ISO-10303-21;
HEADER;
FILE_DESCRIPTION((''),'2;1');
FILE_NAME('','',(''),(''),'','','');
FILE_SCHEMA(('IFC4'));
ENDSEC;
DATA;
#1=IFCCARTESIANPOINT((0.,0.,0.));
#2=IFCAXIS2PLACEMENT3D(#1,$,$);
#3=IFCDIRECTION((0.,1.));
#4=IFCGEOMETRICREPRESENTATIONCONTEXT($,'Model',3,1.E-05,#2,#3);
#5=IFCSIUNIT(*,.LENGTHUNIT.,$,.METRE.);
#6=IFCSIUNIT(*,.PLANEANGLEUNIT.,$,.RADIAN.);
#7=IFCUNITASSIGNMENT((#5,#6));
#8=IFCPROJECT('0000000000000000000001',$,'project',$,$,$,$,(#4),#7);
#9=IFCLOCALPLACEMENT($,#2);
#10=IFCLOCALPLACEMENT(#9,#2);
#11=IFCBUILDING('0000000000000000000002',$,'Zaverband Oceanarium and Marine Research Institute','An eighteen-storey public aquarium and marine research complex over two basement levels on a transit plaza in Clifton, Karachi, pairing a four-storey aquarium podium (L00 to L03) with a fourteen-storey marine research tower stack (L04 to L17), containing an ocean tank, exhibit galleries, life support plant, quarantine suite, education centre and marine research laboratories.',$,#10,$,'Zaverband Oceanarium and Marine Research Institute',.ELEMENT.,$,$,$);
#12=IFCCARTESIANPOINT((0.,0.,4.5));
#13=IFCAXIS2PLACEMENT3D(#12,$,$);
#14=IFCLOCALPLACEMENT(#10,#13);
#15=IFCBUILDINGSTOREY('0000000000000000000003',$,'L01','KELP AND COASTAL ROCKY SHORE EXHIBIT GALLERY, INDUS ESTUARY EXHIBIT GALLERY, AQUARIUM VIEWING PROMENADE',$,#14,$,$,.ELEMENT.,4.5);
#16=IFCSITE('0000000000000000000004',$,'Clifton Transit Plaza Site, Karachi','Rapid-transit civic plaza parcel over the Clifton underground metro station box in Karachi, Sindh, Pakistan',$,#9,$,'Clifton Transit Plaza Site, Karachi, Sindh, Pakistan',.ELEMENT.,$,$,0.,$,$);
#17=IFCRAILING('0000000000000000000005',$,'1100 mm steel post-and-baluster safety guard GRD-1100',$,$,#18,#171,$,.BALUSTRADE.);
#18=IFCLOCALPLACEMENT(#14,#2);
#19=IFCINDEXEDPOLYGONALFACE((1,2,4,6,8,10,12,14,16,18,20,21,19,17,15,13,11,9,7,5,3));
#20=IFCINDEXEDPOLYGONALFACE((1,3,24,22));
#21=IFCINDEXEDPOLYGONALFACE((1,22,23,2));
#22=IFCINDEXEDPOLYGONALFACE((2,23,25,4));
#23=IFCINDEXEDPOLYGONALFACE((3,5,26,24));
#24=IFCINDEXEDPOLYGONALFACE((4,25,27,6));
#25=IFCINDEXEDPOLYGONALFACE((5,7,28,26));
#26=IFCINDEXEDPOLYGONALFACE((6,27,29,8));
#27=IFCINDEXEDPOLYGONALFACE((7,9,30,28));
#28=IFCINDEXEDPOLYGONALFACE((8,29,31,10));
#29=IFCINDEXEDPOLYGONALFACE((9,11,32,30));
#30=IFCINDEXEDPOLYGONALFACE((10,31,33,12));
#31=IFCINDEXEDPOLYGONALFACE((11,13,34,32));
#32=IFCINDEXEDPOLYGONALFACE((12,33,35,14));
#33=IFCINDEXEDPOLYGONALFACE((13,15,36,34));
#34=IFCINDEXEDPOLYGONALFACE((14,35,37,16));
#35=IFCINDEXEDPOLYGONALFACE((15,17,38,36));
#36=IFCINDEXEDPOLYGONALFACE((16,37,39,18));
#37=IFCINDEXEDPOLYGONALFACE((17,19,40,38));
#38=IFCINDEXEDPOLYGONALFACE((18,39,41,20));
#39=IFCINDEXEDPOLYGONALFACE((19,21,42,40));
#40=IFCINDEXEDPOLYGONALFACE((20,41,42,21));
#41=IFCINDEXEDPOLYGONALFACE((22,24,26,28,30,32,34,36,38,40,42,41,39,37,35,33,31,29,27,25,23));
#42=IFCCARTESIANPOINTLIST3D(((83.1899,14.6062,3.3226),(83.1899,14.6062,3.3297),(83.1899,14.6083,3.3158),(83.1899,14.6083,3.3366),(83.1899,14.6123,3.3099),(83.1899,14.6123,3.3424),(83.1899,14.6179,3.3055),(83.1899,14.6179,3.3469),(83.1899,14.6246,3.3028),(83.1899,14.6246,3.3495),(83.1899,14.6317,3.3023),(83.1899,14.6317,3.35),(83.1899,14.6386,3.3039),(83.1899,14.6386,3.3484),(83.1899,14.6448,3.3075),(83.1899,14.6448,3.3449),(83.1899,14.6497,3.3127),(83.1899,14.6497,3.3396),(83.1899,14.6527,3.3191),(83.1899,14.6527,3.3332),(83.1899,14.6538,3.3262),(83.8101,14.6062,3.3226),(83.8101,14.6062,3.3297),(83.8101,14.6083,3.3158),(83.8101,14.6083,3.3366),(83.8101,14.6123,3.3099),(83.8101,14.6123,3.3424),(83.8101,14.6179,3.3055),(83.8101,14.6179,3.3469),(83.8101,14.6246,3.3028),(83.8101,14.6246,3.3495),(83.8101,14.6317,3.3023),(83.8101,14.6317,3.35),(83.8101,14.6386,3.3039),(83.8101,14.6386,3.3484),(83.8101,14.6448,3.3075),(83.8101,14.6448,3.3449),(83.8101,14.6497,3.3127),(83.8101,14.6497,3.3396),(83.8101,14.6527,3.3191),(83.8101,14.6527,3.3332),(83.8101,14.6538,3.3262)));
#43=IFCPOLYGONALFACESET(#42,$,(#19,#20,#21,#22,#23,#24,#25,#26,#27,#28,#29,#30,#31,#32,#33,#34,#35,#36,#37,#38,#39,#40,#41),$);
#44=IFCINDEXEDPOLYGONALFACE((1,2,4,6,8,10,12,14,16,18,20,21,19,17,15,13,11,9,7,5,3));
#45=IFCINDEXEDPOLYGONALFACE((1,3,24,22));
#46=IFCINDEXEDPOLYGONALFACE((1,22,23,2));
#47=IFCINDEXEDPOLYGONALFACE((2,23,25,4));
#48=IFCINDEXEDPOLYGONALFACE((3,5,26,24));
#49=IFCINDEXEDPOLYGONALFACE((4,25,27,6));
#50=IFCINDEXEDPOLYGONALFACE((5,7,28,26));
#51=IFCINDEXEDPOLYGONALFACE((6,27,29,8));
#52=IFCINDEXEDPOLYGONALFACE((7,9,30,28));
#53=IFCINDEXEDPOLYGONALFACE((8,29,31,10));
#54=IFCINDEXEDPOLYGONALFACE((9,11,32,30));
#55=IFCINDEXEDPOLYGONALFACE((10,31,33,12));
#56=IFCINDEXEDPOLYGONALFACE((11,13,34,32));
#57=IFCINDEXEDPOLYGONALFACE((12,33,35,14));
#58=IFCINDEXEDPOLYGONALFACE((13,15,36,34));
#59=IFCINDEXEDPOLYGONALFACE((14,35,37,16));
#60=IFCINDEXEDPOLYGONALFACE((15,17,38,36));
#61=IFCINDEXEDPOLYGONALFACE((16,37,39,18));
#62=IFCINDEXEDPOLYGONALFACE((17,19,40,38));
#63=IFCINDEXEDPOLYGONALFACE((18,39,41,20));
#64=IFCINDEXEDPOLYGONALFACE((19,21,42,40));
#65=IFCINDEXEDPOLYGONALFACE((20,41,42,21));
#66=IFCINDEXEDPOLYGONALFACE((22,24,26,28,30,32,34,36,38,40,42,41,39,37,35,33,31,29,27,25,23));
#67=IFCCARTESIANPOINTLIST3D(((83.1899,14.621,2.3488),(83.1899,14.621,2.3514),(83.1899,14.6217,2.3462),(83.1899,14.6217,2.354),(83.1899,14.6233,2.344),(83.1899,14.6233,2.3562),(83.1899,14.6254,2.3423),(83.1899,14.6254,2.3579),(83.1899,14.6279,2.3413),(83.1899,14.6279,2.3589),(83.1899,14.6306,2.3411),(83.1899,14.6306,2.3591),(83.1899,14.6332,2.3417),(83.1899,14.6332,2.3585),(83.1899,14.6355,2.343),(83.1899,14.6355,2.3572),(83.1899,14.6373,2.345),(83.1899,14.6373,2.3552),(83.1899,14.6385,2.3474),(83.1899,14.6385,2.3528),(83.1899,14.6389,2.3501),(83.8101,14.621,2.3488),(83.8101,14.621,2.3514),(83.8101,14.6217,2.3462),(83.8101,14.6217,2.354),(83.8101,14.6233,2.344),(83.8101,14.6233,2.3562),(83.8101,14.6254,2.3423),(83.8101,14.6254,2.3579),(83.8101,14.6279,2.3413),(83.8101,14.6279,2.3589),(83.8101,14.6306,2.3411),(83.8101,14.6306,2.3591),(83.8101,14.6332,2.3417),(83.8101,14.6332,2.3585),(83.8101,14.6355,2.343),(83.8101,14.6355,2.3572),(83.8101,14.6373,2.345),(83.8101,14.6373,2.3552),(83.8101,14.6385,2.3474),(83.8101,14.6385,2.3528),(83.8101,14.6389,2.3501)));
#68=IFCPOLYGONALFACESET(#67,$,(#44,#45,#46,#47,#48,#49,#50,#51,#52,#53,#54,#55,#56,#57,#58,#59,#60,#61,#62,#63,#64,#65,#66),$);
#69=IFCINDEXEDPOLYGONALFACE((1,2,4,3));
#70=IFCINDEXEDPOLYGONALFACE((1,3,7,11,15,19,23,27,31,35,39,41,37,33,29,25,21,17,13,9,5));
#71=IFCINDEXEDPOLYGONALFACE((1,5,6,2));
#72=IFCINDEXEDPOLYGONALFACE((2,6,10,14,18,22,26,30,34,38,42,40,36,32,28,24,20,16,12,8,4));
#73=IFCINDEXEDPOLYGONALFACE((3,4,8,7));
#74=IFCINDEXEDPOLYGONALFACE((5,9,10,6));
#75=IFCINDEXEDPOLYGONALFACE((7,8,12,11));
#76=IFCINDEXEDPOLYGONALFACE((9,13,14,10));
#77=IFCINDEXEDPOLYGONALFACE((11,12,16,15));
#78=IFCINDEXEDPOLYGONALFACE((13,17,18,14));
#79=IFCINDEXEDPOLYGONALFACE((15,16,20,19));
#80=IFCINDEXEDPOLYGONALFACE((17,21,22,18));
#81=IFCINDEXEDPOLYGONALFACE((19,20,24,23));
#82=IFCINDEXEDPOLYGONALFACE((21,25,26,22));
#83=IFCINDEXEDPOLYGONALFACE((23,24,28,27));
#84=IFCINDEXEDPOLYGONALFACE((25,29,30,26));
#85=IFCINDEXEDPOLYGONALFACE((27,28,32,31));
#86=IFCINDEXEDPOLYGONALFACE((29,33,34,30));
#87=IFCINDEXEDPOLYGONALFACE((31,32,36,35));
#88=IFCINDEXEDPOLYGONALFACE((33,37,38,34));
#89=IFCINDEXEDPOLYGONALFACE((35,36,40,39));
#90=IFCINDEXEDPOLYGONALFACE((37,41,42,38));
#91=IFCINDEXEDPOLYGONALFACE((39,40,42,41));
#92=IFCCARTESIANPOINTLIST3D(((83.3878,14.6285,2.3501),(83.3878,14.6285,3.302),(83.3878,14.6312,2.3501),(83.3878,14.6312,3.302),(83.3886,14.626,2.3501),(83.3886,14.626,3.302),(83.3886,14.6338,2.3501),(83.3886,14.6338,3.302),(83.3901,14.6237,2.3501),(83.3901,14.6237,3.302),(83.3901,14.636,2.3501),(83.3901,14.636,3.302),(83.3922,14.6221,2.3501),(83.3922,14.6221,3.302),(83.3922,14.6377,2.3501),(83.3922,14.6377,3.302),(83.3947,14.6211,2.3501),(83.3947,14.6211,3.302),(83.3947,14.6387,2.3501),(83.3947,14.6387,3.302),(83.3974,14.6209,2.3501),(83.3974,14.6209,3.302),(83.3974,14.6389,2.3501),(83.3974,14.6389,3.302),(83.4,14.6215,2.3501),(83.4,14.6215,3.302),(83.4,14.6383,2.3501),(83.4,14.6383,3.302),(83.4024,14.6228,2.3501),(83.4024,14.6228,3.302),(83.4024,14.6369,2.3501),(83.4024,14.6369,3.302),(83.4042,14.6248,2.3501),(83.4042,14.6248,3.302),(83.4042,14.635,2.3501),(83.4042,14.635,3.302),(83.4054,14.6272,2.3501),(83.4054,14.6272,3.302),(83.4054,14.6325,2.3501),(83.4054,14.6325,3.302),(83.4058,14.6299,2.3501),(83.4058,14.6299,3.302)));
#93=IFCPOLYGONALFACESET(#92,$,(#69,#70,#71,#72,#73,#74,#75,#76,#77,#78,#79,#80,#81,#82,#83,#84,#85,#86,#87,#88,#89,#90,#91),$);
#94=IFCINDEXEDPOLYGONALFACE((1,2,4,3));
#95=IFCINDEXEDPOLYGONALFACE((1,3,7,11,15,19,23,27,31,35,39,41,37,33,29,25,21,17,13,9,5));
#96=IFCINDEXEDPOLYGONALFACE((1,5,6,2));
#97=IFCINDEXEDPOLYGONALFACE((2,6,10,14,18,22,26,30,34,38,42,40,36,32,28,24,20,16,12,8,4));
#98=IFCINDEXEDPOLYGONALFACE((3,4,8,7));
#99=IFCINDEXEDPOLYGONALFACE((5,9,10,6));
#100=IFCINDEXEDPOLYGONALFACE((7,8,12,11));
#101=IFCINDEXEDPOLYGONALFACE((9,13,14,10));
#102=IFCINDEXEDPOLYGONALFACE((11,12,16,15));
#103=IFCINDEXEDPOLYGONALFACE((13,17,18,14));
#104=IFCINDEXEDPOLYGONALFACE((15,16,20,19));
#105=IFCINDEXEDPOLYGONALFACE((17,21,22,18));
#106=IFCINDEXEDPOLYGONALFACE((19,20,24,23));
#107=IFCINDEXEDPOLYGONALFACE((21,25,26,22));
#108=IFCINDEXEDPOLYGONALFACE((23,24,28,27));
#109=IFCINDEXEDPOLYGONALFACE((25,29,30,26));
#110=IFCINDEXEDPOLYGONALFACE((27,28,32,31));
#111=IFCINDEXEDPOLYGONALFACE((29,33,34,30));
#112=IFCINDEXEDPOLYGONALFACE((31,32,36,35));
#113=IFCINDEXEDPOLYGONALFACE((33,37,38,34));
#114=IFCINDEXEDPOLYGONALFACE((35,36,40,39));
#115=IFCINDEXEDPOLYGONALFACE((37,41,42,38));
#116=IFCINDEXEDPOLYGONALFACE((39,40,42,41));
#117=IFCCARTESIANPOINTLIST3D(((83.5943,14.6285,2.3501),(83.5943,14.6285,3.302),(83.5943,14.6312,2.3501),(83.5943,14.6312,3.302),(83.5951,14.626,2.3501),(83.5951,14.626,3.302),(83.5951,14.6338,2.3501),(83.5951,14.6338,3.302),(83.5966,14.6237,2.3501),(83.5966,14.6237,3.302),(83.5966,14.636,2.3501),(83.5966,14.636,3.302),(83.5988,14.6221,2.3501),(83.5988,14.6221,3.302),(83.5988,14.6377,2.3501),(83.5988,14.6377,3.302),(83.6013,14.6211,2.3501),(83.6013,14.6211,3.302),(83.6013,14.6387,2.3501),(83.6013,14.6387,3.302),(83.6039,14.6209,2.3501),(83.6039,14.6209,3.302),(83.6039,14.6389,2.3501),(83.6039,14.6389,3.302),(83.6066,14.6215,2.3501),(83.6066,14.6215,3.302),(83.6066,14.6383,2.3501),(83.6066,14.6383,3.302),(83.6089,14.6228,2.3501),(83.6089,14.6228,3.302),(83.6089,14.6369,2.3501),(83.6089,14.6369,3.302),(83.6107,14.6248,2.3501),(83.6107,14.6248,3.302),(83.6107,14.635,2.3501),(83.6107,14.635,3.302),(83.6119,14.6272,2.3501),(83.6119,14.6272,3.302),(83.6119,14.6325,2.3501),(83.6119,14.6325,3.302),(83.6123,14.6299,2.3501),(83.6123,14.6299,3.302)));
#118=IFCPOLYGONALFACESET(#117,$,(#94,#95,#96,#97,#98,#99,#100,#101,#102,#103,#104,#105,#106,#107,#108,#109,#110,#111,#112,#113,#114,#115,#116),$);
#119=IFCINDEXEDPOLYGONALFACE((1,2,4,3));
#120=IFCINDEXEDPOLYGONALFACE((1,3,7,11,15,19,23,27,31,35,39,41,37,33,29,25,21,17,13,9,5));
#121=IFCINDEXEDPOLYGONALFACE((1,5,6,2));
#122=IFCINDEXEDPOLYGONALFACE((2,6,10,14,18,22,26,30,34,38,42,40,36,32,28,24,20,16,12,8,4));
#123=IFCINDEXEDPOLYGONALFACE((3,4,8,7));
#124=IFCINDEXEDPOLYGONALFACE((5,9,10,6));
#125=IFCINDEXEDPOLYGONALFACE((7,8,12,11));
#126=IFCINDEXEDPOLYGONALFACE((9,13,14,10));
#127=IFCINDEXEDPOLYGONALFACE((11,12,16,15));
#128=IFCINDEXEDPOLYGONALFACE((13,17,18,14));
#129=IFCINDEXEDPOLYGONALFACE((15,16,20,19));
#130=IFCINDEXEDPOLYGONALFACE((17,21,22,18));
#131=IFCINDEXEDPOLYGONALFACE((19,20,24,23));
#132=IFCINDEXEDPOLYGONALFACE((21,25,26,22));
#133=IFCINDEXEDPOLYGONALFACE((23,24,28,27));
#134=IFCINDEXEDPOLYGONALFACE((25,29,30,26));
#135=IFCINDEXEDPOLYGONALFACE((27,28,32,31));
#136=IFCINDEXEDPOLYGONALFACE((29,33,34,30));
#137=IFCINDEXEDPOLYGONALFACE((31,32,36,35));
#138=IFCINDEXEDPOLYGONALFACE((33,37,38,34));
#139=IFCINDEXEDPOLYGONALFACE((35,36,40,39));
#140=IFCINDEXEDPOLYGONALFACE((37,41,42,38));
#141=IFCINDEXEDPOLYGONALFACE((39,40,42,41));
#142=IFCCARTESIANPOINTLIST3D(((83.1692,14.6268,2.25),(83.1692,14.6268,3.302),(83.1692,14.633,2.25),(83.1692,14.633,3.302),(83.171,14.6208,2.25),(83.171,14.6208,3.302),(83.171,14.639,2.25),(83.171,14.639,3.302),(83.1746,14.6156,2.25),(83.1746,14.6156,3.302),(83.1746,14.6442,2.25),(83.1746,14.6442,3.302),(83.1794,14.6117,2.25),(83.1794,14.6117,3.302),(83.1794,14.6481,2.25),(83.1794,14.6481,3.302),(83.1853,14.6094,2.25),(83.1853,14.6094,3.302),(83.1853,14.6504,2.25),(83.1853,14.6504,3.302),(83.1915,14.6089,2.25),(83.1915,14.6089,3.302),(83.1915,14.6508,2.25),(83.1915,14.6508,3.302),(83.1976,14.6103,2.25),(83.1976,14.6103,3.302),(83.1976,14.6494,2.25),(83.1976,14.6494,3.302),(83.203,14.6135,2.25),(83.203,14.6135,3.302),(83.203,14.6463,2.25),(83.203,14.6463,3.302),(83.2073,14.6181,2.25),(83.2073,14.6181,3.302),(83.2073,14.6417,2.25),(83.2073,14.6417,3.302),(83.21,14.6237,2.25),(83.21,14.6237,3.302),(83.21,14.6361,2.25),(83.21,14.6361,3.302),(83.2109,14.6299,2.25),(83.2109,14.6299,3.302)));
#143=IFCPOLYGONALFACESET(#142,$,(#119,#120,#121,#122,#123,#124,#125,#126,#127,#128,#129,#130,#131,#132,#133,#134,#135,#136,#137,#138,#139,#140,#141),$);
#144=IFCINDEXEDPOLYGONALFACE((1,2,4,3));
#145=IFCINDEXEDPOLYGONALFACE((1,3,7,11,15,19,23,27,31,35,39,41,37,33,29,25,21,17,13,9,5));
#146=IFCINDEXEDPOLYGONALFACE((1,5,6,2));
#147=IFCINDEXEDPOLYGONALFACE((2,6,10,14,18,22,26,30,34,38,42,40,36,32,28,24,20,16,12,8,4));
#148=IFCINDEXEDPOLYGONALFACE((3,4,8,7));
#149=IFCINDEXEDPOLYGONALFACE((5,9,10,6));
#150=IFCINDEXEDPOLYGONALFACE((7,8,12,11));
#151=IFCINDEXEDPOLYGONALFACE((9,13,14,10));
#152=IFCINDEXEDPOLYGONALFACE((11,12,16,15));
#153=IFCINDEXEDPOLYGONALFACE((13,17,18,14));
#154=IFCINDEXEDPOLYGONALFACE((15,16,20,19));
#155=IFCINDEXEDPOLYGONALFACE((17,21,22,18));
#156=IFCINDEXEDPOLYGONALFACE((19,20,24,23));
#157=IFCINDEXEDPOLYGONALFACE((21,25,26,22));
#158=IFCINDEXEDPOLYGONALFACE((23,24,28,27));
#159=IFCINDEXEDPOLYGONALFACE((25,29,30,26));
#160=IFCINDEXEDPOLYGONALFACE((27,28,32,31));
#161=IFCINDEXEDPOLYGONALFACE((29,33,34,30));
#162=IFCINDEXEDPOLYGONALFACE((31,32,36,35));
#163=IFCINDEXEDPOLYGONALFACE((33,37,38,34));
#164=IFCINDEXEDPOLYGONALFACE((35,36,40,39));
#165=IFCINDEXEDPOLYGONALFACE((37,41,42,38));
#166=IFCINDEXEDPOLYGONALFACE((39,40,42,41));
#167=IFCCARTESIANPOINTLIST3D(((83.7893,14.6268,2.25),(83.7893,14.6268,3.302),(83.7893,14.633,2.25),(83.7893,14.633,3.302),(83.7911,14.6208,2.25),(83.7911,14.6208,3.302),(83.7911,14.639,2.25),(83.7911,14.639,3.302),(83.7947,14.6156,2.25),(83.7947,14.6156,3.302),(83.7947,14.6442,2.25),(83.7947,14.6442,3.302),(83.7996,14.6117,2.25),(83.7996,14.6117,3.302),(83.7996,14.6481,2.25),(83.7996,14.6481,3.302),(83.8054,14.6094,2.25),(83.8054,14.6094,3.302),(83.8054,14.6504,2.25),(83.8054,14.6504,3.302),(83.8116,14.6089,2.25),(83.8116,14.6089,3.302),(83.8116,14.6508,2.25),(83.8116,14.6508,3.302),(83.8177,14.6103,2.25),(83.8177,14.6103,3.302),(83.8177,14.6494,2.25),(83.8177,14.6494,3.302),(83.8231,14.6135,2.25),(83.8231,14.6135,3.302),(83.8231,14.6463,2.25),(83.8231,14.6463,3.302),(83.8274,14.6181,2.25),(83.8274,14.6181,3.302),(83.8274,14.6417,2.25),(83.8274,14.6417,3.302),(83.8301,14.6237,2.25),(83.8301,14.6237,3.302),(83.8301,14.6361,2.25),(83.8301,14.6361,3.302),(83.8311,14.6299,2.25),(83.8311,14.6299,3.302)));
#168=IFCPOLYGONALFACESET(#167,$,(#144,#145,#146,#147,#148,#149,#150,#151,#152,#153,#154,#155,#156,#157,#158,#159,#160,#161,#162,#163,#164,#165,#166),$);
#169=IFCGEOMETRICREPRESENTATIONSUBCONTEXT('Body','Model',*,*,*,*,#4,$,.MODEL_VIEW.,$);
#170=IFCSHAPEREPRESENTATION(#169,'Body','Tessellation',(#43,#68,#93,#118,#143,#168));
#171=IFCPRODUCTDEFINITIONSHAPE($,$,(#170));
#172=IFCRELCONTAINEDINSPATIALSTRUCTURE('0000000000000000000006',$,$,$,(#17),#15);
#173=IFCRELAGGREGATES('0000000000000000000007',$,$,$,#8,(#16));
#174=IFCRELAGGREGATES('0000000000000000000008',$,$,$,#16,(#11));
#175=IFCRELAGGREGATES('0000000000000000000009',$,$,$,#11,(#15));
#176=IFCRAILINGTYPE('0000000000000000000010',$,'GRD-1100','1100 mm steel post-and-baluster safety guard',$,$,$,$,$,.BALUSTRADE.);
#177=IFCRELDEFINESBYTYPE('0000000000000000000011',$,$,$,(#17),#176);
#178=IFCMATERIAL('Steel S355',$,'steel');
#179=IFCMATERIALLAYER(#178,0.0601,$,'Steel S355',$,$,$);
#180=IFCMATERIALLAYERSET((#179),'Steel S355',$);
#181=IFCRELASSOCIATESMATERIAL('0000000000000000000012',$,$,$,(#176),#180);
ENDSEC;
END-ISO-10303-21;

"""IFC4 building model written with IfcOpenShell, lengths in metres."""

from ifc_helpers import new_model, si_unit, direction, frame, origin, origin_2d, place, context, subcontext, project, spatial, circle, extrude, material, layer, layer_set, type_object, element, save


model = new_model("IFC4")

# Units and contexts
model_context = context("Model", 3, precision=1e-05, world=origin(), true_north=direction((0.0, 1.0)))
body_context = subcontext(model_context, "Body", "Model", "MODEL_VIEW")
ifc_project = project(units=[si_unit("LENGTHUNIT", "METRE"), si_unit("PLANEANGLEUNIT", "RADIAN")], contexts=[model_context])

# Site, building, storey
site_placement = place(None, origin())
site = spatial("IfcSite", under=ifc_project, at=site_placement, Name="Clifton Transit Plaza Site, Karachi", Description="Rapid-transit civic plaza parcel over the Clifton underground metro station box in Karachi, Sindh, Pakistan", LongName="Clifton Transit Plaza Site, Karachi, Sindh, Pakistan", CompositionType="ELEMENT", RefElevation=0.0)
building_placement = place(site_placement, origin())
building = spatial("IfcBuilding", under=site, at=building_placement, Name="Zaverband Oceanarium and Marine Research Institute", Description="An eighteen-storey public aquarium and marine research complex over two basement levels on a transit plaza in Clifton, Karachi, pairing a four-storey aquarium podium (L00 to L03) with a fourteen-storey marine research tower stack (L04 to L17), containing an ocean tank, exhibit galleries, life support plant, quarantine suite, education centre and marine research laboratories.", LongName="Zaverband Oceanarium and Marine Research Institute", CompositionType="ELEMENT")
storey_placement = place(building_placement, frame((0.0, 0.0, 4.5)))
storey = spatial("IfcBuildingStorey", under=building, at=storey_placement, Name="L01", Description="KELP AND COASTAL ROCKY SHORE EXHIBIT GALLERY, INDUS ESTUARY EXHIBIT GALLERY, AQUARIUM VIEWING PROMENADE", CompositionType="ELEMENT", Elevation=4.5)

# Shared definitions
ifc_material_1 = material(Name="Steel S355", Category="steel")

# Railing
ifc_layer_1 = layer(ifc_material_1, 0.0601, Name="Steel S355")
ifc_layer_set_1 = layer_set([ifc_layer_1], Name="Steel S355")
railing_type_1 = type_object("IfcRailingType", Name="GRD-1100", Description="1100 mm steel post-and-baluster safety guard", PredefinedType="BALUSTRADE", material=ifc_layer_set_1)
for number, where, name in (
    (1, (83.1899, 14.6299, 2.25), "1100 mm steel post-and-baluster safety guard GRD-1100"),
):
    element("IfcRailing", number, at=place(storey_placement, frame(where)), inside=storey, type_object=railing_type_1, Name=name, PredefinedType="BALUSTRADE", context=body_context, shape_type="SweptSolid", body=[
        extrude(circle(Radius=0.0239, at=origin_2d()), frame((0.0, 0.0, 1.0762), z_axis=(1.0, 0.0, 0.0), x_axis=(0.0, 1.0, 0.0)), (0.0, 0.0, 1.0), 0.6201),
        extrude(circle(Radius=0.009, at=origin_2d()), frame((0.0, 0.0, 0.1001), z_axis=(1.0, 0.0, 0.0), x_axis=(0.0, 1.0, 0.0)), (0.0, 0.0, 1.0), 0.6201),
        extrude(circle(Radius=0.009, at=origin_2d()), frame((0.2068, 0.0, 0.1001)), (0.0, 0.0, 1.0), 0.9519),
        extrude(circle(Radius=0.009, at=origin_2d()), frame((0.4133, 0.0, 0.1001)), (0.0, 0.0, 1.0), 0.9519),
        extrude(circle(Radius=0.021, at=origin_2d()), origin(), (0.0, 0.0, 1.0), 1.052),
        extrude(circle(Radius=0.021, at=origin_2d()), frame((0.6201, 0.0, 0.0)), (0.0, 0.0, 1.0), 1.052),
    ])

save(model, "model.ifc")
